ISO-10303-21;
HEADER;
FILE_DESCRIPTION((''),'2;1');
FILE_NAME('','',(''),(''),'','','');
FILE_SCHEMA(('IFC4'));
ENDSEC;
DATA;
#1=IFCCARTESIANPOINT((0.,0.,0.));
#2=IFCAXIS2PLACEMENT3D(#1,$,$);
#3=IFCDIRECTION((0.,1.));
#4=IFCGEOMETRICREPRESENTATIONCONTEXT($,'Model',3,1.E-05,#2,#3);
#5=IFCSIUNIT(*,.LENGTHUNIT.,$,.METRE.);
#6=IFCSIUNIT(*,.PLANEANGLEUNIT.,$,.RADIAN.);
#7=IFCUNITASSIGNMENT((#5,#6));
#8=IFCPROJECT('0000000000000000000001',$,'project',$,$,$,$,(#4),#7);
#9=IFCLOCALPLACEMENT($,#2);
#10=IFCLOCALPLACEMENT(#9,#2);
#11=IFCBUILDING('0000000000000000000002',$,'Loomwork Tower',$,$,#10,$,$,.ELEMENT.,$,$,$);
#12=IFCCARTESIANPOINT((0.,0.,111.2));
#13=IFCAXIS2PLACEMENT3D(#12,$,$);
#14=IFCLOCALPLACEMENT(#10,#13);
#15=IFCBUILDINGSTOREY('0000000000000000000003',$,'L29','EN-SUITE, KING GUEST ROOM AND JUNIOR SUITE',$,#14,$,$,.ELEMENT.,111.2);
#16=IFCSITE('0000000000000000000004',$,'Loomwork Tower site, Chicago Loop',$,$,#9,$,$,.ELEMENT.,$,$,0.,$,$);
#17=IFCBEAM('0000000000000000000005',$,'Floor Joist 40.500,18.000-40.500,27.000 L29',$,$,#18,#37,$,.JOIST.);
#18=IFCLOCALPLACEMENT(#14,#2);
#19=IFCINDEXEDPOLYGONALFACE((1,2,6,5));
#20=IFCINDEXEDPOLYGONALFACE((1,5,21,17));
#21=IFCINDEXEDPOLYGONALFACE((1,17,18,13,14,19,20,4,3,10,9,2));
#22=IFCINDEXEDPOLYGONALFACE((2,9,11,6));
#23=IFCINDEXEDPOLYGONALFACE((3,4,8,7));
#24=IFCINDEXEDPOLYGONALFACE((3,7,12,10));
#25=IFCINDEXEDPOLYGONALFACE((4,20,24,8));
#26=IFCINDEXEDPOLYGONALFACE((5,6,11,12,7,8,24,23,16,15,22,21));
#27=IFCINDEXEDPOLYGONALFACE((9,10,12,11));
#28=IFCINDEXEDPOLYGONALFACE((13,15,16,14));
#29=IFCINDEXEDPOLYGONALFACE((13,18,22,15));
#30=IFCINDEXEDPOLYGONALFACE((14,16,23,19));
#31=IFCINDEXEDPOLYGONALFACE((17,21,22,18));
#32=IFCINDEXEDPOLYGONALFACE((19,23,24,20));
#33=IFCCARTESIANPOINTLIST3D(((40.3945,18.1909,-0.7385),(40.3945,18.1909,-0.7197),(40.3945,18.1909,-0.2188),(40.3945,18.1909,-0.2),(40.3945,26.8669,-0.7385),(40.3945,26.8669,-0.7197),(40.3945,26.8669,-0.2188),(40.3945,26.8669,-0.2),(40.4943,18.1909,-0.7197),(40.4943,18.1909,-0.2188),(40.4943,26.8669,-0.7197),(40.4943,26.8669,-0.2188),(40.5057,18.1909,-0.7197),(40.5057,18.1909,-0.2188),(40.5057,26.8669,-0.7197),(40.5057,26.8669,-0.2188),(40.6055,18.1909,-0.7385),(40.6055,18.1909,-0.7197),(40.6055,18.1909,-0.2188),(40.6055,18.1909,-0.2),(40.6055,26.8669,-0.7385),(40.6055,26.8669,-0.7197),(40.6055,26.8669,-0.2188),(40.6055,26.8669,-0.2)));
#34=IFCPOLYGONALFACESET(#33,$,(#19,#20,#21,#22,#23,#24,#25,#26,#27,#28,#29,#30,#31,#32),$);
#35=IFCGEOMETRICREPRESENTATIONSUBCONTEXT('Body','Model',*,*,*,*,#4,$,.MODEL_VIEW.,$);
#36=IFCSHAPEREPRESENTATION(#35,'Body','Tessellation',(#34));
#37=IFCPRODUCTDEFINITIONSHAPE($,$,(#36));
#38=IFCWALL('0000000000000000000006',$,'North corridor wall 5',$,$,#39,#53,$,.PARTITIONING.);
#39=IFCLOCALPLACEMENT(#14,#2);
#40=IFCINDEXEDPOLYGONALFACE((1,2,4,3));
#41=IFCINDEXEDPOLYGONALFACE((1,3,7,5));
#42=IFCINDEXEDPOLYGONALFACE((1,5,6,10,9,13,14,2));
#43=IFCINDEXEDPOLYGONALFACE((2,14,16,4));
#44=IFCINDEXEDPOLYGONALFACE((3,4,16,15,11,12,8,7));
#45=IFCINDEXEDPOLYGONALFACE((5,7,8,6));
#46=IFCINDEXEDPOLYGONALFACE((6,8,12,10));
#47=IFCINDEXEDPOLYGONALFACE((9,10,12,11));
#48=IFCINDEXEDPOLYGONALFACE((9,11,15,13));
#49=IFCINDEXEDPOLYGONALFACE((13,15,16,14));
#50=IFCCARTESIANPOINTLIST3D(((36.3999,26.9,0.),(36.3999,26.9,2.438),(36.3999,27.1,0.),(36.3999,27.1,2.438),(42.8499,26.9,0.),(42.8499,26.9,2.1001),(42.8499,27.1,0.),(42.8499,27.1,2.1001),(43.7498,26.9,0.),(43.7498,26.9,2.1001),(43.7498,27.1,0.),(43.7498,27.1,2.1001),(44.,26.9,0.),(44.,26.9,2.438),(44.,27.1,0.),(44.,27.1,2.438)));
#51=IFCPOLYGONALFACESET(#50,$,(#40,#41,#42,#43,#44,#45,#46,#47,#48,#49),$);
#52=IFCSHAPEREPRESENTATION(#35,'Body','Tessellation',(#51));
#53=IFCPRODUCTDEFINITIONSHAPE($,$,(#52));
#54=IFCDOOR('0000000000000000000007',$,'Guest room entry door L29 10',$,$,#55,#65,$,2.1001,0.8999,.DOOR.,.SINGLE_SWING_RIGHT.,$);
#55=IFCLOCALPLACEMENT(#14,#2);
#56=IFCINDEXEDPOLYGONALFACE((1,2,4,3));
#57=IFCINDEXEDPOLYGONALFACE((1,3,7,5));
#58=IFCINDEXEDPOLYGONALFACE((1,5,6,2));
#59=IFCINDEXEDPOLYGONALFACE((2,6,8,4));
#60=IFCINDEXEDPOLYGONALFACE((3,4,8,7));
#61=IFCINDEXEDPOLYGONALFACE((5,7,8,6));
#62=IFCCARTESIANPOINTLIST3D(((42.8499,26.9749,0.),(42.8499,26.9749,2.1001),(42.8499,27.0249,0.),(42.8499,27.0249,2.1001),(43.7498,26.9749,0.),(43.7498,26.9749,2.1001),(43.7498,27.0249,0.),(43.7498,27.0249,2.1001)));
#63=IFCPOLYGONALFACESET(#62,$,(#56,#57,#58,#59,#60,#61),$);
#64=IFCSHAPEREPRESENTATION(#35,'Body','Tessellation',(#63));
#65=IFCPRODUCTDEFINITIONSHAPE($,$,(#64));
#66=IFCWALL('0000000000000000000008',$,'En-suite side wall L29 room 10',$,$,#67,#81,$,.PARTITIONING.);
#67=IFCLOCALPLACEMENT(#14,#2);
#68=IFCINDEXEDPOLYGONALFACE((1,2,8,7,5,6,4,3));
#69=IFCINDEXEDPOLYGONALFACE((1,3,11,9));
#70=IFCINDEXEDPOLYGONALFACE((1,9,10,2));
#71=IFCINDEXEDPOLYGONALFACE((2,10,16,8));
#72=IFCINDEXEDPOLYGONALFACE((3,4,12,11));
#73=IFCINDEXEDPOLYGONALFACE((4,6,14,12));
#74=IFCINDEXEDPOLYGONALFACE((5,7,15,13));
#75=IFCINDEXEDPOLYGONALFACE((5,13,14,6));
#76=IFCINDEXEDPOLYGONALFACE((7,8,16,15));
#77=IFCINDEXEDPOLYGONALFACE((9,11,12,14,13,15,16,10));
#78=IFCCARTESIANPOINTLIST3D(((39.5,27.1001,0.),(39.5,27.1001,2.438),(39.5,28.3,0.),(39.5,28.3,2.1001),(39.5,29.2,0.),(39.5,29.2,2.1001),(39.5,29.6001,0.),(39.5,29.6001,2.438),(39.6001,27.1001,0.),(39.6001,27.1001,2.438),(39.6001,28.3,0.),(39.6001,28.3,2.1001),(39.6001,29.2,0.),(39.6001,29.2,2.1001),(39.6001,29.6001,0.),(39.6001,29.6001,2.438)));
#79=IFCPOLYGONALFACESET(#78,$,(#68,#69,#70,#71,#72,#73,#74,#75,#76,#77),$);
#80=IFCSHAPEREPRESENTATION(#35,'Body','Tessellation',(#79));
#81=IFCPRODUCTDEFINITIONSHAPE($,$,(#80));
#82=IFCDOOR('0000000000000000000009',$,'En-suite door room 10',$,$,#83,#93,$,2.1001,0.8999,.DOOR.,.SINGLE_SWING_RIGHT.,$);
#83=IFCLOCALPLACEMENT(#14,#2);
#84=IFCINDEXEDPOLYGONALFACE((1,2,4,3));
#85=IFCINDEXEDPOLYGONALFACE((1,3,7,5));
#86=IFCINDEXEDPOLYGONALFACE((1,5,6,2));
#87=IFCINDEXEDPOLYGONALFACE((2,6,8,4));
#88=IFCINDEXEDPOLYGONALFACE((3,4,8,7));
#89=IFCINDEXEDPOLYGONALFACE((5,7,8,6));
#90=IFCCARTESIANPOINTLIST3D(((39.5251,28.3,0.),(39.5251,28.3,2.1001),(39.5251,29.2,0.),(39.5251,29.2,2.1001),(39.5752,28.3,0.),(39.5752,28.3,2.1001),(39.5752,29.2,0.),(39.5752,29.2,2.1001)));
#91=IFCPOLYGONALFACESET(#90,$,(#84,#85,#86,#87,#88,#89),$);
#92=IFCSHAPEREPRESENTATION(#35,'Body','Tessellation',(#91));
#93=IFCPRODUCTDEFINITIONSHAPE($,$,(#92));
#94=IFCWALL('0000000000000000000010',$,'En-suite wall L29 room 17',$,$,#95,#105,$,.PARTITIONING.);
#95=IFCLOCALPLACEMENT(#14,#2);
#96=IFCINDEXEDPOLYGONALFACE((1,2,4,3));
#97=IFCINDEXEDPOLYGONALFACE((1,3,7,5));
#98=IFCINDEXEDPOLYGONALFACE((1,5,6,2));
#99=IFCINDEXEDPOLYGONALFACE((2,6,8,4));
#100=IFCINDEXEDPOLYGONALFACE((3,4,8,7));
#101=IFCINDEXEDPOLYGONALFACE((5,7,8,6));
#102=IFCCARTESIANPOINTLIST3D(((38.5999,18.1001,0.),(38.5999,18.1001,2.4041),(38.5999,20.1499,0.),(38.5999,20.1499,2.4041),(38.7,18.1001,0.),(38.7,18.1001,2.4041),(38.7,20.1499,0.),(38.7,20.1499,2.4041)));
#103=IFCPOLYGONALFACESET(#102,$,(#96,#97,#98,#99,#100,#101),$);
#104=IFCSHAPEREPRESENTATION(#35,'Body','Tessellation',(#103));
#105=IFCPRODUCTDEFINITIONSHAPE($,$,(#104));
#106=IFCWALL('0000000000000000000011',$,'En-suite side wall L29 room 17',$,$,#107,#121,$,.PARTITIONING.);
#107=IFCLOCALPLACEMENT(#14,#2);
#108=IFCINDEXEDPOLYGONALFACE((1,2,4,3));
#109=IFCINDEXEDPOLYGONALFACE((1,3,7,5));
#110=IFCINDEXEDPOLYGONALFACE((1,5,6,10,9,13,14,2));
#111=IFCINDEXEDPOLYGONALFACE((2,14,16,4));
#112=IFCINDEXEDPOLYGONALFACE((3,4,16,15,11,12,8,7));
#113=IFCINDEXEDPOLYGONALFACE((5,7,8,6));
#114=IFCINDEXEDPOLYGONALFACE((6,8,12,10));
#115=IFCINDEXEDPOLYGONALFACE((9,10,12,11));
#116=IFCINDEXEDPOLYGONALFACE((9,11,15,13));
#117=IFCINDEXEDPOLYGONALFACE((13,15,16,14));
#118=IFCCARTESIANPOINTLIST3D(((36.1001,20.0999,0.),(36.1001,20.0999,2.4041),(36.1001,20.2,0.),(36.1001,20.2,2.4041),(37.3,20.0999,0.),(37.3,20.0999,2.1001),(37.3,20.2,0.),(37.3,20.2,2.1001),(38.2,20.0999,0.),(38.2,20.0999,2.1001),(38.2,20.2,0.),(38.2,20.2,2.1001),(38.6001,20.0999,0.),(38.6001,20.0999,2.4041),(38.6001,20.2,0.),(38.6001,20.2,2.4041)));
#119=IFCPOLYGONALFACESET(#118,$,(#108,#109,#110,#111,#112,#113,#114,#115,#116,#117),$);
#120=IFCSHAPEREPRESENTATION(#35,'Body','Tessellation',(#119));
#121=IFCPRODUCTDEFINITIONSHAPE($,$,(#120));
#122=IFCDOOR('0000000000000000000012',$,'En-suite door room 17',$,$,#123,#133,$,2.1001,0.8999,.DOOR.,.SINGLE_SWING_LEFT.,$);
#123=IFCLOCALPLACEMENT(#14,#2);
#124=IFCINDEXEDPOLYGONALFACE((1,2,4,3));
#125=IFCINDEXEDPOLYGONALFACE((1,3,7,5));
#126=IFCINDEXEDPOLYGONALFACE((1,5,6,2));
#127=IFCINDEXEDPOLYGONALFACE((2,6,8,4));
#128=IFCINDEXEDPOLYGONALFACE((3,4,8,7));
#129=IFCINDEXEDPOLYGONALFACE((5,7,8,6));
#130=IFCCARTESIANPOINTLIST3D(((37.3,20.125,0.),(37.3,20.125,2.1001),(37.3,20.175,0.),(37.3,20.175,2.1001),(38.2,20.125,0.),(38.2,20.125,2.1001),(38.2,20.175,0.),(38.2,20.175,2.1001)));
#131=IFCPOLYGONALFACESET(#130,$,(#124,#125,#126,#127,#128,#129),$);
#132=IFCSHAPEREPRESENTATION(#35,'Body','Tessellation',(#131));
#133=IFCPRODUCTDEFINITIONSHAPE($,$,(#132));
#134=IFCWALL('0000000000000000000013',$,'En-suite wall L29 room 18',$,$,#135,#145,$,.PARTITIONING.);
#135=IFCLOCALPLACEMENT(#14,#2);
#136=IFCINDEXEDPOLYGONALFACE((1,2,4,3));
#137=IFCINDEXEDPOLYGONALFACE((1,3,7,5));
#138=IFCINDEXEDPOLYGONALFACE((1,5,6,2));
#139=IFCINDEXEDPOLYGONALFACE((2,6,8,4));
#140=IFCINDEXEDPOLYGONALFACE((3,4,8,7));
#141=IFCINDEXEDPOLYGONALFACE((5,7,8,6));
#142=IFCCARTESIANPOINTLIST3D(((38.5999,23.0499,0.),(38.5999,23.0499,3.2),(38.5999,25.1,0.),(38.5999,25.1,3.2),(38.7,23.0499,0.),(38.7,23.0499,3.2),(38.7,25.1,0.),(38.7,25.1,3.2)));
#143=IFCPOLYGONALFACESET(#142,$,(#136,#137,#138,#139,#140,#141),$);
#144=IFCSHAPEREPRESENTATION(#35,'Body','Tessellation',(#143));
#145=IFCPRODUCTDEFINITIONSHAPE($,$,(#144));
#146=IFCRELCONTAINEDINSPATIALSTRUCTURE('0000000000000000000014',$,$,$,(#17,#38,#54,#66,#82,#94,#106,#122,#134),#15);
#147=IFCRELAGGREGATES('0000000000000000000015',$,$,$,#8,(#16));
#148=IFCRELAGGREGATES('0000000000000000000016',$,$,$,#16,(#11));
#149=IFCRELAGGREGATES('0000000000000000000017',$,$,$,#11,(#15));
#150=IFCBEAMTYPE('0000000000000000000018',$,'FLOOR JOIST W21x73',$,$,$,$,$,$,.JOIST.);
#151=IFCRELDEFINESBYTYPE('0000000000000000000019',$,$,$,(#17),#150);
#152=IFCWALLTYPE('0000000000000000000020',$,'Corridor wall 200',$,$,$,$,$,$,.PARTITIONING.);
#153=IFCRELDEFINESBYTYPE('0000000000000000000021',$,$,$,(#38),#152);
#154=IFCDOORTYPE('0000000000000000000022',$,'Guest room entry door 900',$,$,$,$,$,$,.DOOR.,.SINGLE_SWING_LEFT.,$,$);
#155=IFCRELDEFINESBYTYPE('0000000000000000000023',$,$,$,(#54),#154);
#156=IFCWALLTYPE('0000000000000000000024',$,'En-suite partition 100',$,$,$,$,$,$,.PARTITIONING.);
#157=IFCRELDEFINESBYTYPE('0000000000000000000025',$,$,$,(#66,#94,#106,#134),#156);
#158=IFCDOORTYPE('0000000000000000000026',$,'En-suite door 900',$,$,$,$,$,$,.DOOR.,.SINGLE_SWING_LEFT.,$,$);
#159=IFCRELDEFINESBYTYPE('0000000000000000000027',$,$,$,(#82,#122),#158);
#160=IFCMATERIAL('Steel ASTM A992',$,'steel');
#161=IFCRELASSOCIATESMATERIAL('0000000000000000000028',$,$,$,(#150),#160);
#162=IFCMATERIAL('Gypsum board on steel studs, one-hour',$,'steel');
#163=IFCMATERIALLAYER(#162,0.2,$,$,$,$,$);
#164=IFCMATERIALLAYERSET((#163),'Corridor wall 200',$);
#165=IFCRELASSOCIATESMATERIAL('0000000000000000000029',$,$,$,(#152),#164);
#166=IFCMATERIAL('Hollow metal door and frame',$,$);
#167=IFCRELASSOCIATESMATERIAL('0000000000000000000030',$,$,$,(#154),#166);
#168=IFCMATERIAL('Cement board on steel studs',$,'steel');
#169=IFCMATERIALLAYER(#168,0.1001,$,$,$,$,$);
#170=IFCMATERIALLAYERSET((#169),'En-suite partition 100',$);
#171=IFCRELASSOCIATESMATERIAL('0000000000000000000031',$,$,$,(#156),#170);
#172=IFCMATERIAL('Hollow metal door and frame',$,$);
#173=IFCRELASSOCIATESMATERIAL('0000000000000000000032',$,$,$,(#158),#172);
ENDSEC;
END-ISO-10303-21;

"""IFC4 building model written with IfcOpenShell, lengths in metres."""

from ifc_helpers import new_model, si_unit, direction, frame, frame_2d, origin, origin_2d, place, context, subcontext, project, spatial, rectangle, i_section, extrude, material, layer, layer_set, material_profile, profile_set, type_object, element, fill, save


model = new_model("IFC4")

# Units and contexts
model_context = context("Model", 3, precision=1e-05, world=origin(), true_north=direction((0.0, 1.0)))
body_context = subcontext(model_context, "Body", "Model", "MODEL_VIEW")
ifc_project = project(units=[si_unit("LENGTHUNIT", "METRE"), si_unit("PLANEANGLEUNIT", "RADIAN")], contexts=[model_context])

# Site, building, storey
site_placement = place(None, origin())
site = spatial("IfcSite", under=ifc_project, at=site_placement, Name="Loomwork Tower site, Chicago Loop", CompositionType="ELEMENT", RefElevation=0.0)
building_placement = place(site_placement, origin())
building = spatial("IfcBuilding", under=site, at=building_placement, Name="Loomwork Tower", CompositionType="ELEMENT")
storey_placement = place(building_placement, frame((0.0, 0.0, 111.2)))
storey = spatial("IfcBuildingStorey", under=building, at=storey_placement, Name="L29", Description="EN-SUITE, KING GUEST ROOM AND JUNIOR SUITE", CompositionType="ELEMENT", Elevation=111.2)

# Beam
ifc_material_1 = material(Name="Steel ASTM A992", Category="steel")
ifc_material_profile = material_profile(ifc_material_1, i_section(OverallWidth=0.2109, OverallDepth=0.5386, WebThickness=0.0115, FlangeThickness=0.0188, at=origin_2d()), Name="W21x73")
ifc_profile_set = profile_set([ifc_material_profile], Name="Steel ASTM A992")
beam_type = type_object("IfcBeamType", Name="FLOOR JOIST W21x73", PredefinedType="JOIST", material=ifc_profile_set)
beam_placement = place(storey_placement, frame((40.5, 18.1909, -0.4692), z_axis=(0.0, 1.0, 0.0), x_axis=(-1.0, 0.0, 0.0)))
element("IfcBeam", 1, at=beam_placement, inside=storey, type_object=beam_type, Name="Floor Joist 40.500,18.000-40.500,27.000 L29", PredefinedType="JOIST", context=body_context, shape_type="SweptSolid", body=[
    extrude(i_section(OverallWidth=0.2109, OverallDepth=0.5386, WebThickness=0.0115, FlangeThickness=0.0188, at=origin_2d()), origin(), (0.0, 0.0, 1.0), 8.676),
])

# Walls, openings, doors
ifc_material_2 = material(Name="Gypsum board on steel studs, one-hour", Category="steel")
ifc_layer_1 = layer(ifc_material_2, 0.2)
ifc_layer_set_1 = layer_set([ifc_layer_1], Name="Corridor wall 200")
wall_type_1 = type_object("IfcWallType", Name="Corridor wall 200", PredefinedType="PARTITIONING", material=ifc_layer_set_1)
wall_1_placement = place(storey_placement, frame((36.3999, 27.0, 0.0), z_axis=(0.0, 0.0, 1.0), x_axis=(1.0, 0.0, 0.0)))
wall_1 = element("IfcWall", 2, at=wall_1_placement, inside=storey, type_object=wall_type_1, Name="North corridor wall 5", PredefinedType="PARTITIONING", context=body_context, shape_type="SweptSolid", body=[
    extrude(rectangle(XDim=7.6001, YDim=0.2, at=frame_2d((3.8, 0.0))), origin(), (0.0, 0.0, 1.0), 2.438),
])
opening_1_placement = place(wall_1_placement, frame((6.45, 0.0, 0.0)))
opening_1 = element("IfcOpeningElement", 3, at=opening_1_placement, cuts=wall_1, PredefinedType="OPENING", context=body_context, shape_type="SweptSolid", body=[
    extrude(rectangle(XDim=0.8999, YDim=2.1001, at=frame_2d((0.45, 1.05))), frame((0.0, 0.1099, 0.0), z_axis=(0.0, -1.0, 0.0), x_axis=(1.0, 0.0, 0.0)), (0.0, 0.0, 1.0), 0.22),
])
ifc_material_3 = material(Name="Hollow metal door and frame")
door_type_1 = type_object("IfcDoorType", Name="Guest room entry door 900", OperationType="SINGLE_SWING_LEFT", PredefinedType="DOOR", material=ifc_material_3)
door_1_placement = place(opening_1_placement, origin())
door_1 = element("IfcDoor", 4, at=door_1_placement, inside=storey, type_object=door_type_1, Name="Guest room entry door L29 10", OperationType="SINGLE_SWING_RIGHT", OverallHeight=2.1001, OverallWidth=0.8999, PredefinedType="DOOR", context=body_context, shape_type="SweptSolid", body=[
    extrude(rectangle(XDim=0.8999, YDim=2.1001, at=frame_2d((0.45, 1.05))), frame((0.0, 0.0249, 0.0), z_axis=(0.0, -1.0, 0.0), x_axis=(1.0, 0.0, 0.0)), (0.0, 0.0, 1.0), 0.05),
])
fill(opening_1, door_1)
ifc_material_4 = material(Name="Cement board on steel studs", Category="steel")
ifc_layer_2 = layer(ifc_material_4, 0.1001)
ifc_layer_set_2 = layer_set([ifc_layer_2], Name="En-suite partition 100")
wall_type_2 = type_object("IfcWallType", Name="En-suite partition 100", PredefinedType="PARTITIONING", material=ifc_layer_set_2)
wall_2_placement = place(storey_placement, frame((39.55, 27.1001, 0.0), z_axis=(0.0, 0.0, 1.0), x_axis=(0.0, 1.0, 0.0)))
wall_2 = element("IfcWall", 5, at=wall_2_placement, inside=storey, type_object=wall_type_2, Name="En-suite side wall L29 room 10", PredefinedType="PARTITIONING", context=body_context, shape_type="SweptSolid", body=[
    extrude(rectangle(XDim=2.5, YDim=0.1001, at=frame_2d((1.25, 0.0))), origin(), (0.0, 0.0, 1.0), 2.438),
])
opening_2_placement = place(wall_2_placement, frame((1.2, 0.0, 0.0)))
opening_2 = element("IfcOpeningElement", 6, at=opening_2_placement, cuts=wall_2, PredefinedType="OPENING", context=body_context, shape_type="SweptSolid", body=[
    extrude(rectangle(XDim=0.8999, YDim=2.1001, at=frame_2d((0.45, 1.05))), frame((0.0, 0.0601, 0.0), z_axis=(0.0, -1.0, 0.0), x_axis=(1.0, 0.0, 0.0)), (0.0, 0.0, 1.0), 0.1201),
])
ifc_material_5 = material(Name="Hollow metal door and frame")
door_type_2 = type_object("IfcDoorType", Name="En-suite door 900", OperationType="SINGLE_SWING_LEFT", PredefinedType="DOOR", material=ifc_material_5)
door_2_placement = place(opening_2_placement, origin())
door_2 = element("IfcDoor", 7, at=door_2_placement, inside=storey, type_object=door_type_2, Name="En-suite door room 10", OperationType="SINGLE_SWING_RIGHT", OverallHeight=2.1001, OverallWidth=0.8999, PredefinedType="DOOR", context=body_context, shape_type="SweptSolid", body=[
    extrude(rectangle(XDim=0.8999, YDim=2.1001, at=frame_2d((0.45, 1.05))), frame((0.0, 0.0249, 0.0), z_axis=(0.0, -1.0, 0.0), x_axis=(1.0, 0.0, 0.0)), (0.0, 0.0, 1.0), 0.05),
])
fill(opening_2, door_2)

# Wall
wall_3_placement = place(storey_placement, frame((38.6499, 18.1001, 0.0), z_axis=(0.0, 0.0, 1.0), x_axis=(0.0, 1.0, 0.0)))
element("IfcWall", 8, at=wall_3_placement, inside=storey, type_object=wall_type_2, Name="En-suite wall L29 room 17", PredefinedType="PARTITIONING", context=body_context, shape_type="SweptSolid", body=[
    extrude(rectangle(XDim=2.0498, YDim=0.1001, at=frame_2d((1.0249, 0.0))), origin(), (0.0, 0.0, 1.0), 2.4041),
])

# Wall, opening, door
wall_4_placement = place(storey_placement, frame((36.1001, 20.1499, 0.0), z_axis=(0.0, 0.0, 1.0), x_axis=(1.0, 0.0, 0.0)))
wall_4 = element("IfcWall", 9, at=wall_4_placement, inside=storey, type_object=wall_type_2, Name="En-suite side wall L29 room 17", PredefinedType="PARTITIONING", context=body_context, shape_type="SweptSolid", body=[
    extrude(rectangle(XDim=2.5, YDim=0.1001, at=frame_2d((1.25, 0.0))), origin(), (0.0, 0.0, 1.0), 2.4041),
])
opening_3_placement = place(wall_4_placement, frame((1.2, 0.0, 0.0)))
opening_3 = element("IfcOpeningElement", 10, at=opening_3_placement, cuts=wall_4, PredefinedType="OPENING", context=body_context, shape_type="SweptSolid", body=[
    extrude(rectangle(XDim=0.8999, YDim=2.1001, at=frame_2d((0.45, 1.05))), frame((0.0, 0.0601, 0.0), z_axis=(0.0, -1.0, 0.0), x_axis=(1.0, 0.0, 0.0)), (0.0, 0.0, 1.0), 0.1201),
])
door_3_placement = place(opening_3_placement, frame((0.8999, 0.0, 0.0), z_axis=(0.0, 0.0, 1.0), x_axis=(-1.0, 0.0, 0.0)))
door_3 = element("IfcDoor", 11, at=door_3_placement, inside=storey, type_object=door_type_2, Name="En-suite door room 17", OperationType="SINGLE_SWING_LEFT", OverallHeight=2.1001, OverallWidth=0.8999, PredefinedType="DOOR", context=body_context, shape_type="SweptSolid", body=[
    extrude(rectangle(XDim=0.8999, YDim=2.1001, at=frame_2d((0.45, 1.05))), frame((0.0, 0.0249, 0.0), z_axis=(0.0, -1.0, 0.0), x_axis=(1.0, 0.0, 0.0)), (0.0, 0.0, 1.0), 0.05),
])
fill(opening_3, door_3)

# Wall
wall_5_placement = place(storey_placement, frame((38.6499, 23.05, 0.0), z_axis=(0.0, 0.0, 1.0), x_axis=(0.0, 1.0, 0.0)))
element("IfcWall", 12, at=wall_5_placement, inside=storey, type_object=wall_type_2, Name="En-suite wall L29 room 18", PredefinedType="PARTITIONING", context=body_context, shape_type="SweptSolid", body=[
    extrude(rectangle(XDim=2.05, YDim=0.1001, at=frame_2d((1.0249, 0.0))), origin(), (0.0, 0.0, 1.0), 3.2),
])

save(model, "model.ifc")
